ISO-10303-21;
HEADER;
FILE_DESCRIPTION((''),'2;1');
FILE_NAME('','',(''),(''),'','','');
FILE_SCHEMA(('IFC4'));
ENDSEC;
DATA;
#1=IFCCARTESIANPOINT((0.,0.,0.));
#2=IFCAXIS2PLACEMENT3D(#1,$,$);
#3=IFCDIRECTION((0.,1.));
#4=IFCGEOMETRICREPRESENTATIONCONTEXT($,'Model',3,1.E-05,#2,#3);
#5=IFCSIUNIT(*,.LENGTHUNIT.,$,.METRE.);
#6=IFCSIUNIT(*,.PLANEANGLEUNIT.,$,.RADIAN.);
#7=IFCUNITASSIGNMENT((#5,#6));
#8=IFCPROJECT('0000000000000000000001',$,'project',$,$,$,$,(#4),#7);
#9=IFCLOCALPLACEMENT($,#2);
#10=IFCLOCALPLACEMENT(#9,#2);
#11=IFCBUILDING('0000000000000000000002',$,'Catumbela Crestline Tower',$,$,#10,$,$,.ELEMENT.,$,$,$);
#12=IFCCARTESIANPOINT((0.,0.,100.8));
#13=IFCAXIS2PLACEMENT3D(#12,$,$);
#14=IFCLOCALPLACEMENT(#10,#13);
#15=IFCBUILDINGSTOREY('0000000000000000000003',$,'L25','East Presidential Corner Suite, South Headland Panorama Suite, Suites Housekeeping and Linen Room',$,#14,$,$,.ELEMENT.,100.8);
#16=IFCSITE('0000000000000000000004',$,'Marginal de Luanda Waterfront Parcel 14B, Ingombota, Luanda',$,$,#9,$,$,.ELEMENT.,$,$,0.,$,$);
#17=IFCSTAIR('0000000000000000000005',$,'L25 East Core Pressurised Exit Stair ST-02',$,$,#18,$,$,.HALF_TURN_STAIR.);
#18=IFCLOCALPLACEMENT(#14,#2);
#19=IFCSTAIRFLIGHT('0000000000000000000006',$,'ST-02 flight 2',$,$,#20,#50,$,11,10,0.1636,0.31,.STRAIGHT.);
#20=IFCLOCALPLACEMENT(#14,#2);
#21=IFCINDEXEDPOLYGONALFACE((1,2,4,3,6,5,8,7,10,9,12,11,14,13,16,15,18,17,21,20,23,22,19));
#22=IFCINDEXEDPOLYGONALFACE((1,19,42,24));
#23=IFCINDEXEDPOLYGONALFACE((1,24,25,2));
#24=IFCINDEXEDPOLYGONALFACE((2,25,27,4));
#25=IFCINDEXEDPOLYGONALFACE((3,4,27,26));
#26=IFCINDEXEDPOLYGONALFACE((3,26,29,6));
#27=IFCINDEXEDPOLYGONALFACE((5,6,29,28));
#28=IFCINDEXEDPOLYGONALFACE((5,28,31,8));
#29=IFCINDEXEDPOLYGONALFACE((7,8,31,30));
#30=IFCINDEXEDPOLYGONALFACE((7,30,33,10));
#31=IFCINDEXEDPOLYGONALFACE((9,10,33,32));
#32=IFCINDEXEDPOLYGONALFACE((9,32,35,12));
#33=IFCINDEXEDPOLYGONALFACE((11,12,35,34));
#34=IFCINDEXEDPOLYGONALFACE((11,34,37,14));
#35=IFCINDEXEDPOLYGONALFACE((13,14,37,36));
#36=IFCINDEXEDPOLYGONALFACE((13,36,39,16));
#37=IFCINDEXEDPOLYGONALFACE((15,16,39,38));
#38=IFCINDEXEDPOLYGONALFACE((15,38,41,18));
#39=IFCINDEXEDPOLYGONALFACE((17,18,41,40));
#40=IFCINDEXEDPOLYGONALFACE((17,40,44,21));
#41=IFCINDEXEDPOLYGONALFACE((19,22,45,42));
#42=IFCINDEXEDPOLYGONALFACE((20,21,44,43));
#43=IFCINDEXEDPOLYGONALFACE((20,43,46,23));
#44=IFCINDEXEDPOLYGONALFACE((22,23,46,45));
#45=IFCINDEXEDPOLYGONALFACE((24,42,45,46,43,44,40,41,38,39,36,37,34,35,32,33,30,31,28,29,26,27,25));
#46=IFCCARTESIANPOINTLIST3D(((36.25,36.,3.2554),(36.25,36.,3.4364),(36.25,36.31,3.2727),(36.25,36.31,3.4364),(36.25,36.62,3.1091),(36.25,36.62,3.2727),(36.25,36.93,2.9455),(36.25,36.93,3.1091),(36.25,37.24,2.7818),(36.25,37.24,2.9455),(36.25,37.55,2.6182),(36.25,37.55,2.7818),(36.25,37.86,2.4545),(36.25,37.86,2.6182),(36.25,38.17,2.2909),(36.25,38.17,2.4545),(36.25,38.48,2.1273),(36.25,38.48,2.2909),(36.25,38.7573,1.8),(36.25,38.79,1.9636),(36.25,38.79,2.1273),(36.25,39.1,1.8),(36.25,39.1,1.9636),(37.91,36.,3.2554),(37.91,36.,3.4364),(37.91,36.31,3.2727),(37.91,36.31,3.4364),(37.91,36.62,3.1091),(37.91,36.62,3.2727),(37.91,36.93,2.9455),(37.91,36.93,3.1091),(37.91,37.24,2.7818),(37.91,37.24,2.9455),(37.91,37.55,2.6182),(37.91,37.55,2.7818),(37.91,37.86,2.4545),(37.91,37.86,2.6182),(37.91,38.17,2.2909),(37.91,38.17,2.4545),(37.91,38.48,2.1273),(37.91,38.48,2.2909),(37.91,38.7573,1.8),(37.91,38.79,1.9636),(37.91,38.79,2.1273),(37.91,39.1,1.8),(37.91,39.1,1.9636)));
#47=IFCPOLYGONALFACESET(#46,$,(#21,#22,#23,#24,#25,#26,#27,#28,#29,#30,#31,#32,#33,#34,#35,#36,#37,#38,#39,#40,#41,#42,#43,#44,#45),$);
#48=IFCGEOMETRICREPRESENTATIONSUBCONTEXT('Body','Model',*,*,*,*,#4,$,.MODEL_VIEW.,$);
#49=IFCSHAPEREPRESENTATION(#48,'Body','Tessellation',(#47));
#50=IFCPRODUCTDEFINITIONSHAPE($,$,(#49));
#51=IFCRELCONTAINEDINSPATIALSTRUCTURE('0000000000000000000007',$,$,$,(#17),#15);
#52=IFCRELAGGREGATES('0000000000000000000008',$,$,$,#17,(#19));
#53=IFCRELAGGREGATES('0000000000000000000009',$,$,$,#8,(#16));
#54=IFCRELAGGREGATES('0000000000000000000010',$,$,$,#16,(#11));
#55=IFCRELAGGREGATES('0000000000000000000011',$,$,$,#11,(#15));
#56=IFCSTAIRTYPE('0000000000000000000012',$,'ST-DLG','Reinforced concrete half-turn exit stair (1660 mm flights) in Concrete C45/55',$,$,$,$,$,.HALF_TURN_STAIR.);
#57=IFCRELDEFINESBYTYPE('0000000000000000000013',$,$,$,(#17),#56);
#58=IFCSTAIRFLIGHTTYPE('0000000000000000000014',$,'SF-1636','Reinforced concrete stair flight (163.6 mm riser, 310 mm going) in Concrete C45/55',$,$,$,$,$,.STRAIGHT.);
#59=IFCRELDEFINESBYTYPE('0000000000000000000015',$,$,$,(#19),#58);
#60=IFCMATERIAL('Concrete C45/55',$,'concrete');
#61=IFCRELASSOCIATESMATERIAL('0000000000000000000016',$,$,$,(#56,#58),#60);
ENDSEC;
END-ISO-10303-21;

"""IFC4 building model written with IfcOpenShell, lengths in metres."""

from ifc_helpers import new_model, si_unit, direction, frame, origin, place, context, subcontext, project, spatial, polyline, outline, extrude, material, type_object, element, aggregate, save


model = new_model("IFC4")

# Units and contexts
model_context = context("Model", 3, precision=1e-05, world=origin(), true_north=direction((0.0, 1.0)))
body_context = subcontext(model_context, "Body", "Model", "MODEL_VIEW")
ifc_project = project(units=[si_unit("LENGTHUNIT", "METRE"), si_unit("PLANEANGLEUNIT", "RADIAN")], contexts=[model_context])

# Site, building, storey
site_placement = place(None, origin())
site = spatial("IfcSite", under=ifc_project, at=site_placement, Name="Marginal de Luanda Waterfront Parcel 14B, Ingombota, Luanda", CompositionType="ELEMENT", RefElevation=0.0)
building_placement = place(site_placement, origin())
building = spatial("IfcBuilding", under=site, at=building_placement, Name="Catumbela Crestline Tower", CompositionType="ELEMENT")
storey_placement = place(building_placement, frame((0.0, 0.0, 100.8)))
storey = spatial("IfcBuildingStorey", under=building, at=storey_placement, Name="L25", Description="East Presidential Corner Suite, South Headland Panorama Suite, Suites Housekeeping and Linen Room", CompositionType="ELEMENT", Elevation=100.8)

# Stair, stair flight
ifc_material_1 = material(Name="Concrete C45/55", Category="concrete")
stair_type = type_object("IfcStairType", Name="ST-DLG", Description="Reinforced concrete half-turn exit stair (1660 mm flights) in Concrete C45/55", PredefinedType="HALF_TURN_STAIR", material=ifc_material_1)
stair_placement = place(storey_placement, origin())
stair = element("IfcStair", 1, at=stair_placement, inside=storey, type_object=stair_type, Name="L25 East Core Pressurised Exit Stair ST-02", PredefinedType="HALF_TURN_STAIR")
stair_flight_type = type_object("IfcStairFlightType", Name="SF-1636", Description="Reinforced concrete stair flight (163.6 mm riser, 310 mm going) in Concrete C45/55", PredefinedType="STRAIGHT", material=ifc_material_1)
stair_flight_placement = place(storey_placement, frame((37.08, 39.1, 1.8), z_axis=(0.0, 0.0, 1.0), x_axis=(0.0, -1.0, 0.0)))
stair_flight = element("IfcStairFlight", 2, at=stair_flight_placement, type_object=stair_flight_type, Name="ST-02 flight 2", NumberOfRisers=11, NumberOfTreads=10, PredefinedType="STRAIGHT", RiserHeight=0.1636, TreadLength=0.31, context=body_context, shape_type="SweptSolid", body=[
    extrude(outline(polyline([(0.0, 0.0), (0.0, 0.1636), (0.31, 0.1636), (0.31, 0.3273), (0.62, 0.3273), (0.62, 0.4909), (0.93, 0.4909), (0.93, 0.6545), (1.24, 0.6545), (1.24, 0.8182), (1.55, 0.8182), (1.55, 0.9818), (1.86, 0.9818), (1.86, 1.1455), (2.17, 1.1455), (2.17, 1.3091), (2.48, 1.3091), (2.48, 1.4727), (2.79, 1.4727), (2.79, 1.6364), (3.1, 1.6364), (3.1, 1.8), (3.1, 1.4554), (0.3427, 0.0), (0.0, 0.0)])), frame((0.0, 0.83, 0.0), z_axis=(0.0, -1.0, 0.0), x_axis=(1.0, 0.0, 0.0)), (0.0, 0.0, 1.0), 1.66),
])
aggregate(stair, [stair_flight])

save(model, "model.ifc")
